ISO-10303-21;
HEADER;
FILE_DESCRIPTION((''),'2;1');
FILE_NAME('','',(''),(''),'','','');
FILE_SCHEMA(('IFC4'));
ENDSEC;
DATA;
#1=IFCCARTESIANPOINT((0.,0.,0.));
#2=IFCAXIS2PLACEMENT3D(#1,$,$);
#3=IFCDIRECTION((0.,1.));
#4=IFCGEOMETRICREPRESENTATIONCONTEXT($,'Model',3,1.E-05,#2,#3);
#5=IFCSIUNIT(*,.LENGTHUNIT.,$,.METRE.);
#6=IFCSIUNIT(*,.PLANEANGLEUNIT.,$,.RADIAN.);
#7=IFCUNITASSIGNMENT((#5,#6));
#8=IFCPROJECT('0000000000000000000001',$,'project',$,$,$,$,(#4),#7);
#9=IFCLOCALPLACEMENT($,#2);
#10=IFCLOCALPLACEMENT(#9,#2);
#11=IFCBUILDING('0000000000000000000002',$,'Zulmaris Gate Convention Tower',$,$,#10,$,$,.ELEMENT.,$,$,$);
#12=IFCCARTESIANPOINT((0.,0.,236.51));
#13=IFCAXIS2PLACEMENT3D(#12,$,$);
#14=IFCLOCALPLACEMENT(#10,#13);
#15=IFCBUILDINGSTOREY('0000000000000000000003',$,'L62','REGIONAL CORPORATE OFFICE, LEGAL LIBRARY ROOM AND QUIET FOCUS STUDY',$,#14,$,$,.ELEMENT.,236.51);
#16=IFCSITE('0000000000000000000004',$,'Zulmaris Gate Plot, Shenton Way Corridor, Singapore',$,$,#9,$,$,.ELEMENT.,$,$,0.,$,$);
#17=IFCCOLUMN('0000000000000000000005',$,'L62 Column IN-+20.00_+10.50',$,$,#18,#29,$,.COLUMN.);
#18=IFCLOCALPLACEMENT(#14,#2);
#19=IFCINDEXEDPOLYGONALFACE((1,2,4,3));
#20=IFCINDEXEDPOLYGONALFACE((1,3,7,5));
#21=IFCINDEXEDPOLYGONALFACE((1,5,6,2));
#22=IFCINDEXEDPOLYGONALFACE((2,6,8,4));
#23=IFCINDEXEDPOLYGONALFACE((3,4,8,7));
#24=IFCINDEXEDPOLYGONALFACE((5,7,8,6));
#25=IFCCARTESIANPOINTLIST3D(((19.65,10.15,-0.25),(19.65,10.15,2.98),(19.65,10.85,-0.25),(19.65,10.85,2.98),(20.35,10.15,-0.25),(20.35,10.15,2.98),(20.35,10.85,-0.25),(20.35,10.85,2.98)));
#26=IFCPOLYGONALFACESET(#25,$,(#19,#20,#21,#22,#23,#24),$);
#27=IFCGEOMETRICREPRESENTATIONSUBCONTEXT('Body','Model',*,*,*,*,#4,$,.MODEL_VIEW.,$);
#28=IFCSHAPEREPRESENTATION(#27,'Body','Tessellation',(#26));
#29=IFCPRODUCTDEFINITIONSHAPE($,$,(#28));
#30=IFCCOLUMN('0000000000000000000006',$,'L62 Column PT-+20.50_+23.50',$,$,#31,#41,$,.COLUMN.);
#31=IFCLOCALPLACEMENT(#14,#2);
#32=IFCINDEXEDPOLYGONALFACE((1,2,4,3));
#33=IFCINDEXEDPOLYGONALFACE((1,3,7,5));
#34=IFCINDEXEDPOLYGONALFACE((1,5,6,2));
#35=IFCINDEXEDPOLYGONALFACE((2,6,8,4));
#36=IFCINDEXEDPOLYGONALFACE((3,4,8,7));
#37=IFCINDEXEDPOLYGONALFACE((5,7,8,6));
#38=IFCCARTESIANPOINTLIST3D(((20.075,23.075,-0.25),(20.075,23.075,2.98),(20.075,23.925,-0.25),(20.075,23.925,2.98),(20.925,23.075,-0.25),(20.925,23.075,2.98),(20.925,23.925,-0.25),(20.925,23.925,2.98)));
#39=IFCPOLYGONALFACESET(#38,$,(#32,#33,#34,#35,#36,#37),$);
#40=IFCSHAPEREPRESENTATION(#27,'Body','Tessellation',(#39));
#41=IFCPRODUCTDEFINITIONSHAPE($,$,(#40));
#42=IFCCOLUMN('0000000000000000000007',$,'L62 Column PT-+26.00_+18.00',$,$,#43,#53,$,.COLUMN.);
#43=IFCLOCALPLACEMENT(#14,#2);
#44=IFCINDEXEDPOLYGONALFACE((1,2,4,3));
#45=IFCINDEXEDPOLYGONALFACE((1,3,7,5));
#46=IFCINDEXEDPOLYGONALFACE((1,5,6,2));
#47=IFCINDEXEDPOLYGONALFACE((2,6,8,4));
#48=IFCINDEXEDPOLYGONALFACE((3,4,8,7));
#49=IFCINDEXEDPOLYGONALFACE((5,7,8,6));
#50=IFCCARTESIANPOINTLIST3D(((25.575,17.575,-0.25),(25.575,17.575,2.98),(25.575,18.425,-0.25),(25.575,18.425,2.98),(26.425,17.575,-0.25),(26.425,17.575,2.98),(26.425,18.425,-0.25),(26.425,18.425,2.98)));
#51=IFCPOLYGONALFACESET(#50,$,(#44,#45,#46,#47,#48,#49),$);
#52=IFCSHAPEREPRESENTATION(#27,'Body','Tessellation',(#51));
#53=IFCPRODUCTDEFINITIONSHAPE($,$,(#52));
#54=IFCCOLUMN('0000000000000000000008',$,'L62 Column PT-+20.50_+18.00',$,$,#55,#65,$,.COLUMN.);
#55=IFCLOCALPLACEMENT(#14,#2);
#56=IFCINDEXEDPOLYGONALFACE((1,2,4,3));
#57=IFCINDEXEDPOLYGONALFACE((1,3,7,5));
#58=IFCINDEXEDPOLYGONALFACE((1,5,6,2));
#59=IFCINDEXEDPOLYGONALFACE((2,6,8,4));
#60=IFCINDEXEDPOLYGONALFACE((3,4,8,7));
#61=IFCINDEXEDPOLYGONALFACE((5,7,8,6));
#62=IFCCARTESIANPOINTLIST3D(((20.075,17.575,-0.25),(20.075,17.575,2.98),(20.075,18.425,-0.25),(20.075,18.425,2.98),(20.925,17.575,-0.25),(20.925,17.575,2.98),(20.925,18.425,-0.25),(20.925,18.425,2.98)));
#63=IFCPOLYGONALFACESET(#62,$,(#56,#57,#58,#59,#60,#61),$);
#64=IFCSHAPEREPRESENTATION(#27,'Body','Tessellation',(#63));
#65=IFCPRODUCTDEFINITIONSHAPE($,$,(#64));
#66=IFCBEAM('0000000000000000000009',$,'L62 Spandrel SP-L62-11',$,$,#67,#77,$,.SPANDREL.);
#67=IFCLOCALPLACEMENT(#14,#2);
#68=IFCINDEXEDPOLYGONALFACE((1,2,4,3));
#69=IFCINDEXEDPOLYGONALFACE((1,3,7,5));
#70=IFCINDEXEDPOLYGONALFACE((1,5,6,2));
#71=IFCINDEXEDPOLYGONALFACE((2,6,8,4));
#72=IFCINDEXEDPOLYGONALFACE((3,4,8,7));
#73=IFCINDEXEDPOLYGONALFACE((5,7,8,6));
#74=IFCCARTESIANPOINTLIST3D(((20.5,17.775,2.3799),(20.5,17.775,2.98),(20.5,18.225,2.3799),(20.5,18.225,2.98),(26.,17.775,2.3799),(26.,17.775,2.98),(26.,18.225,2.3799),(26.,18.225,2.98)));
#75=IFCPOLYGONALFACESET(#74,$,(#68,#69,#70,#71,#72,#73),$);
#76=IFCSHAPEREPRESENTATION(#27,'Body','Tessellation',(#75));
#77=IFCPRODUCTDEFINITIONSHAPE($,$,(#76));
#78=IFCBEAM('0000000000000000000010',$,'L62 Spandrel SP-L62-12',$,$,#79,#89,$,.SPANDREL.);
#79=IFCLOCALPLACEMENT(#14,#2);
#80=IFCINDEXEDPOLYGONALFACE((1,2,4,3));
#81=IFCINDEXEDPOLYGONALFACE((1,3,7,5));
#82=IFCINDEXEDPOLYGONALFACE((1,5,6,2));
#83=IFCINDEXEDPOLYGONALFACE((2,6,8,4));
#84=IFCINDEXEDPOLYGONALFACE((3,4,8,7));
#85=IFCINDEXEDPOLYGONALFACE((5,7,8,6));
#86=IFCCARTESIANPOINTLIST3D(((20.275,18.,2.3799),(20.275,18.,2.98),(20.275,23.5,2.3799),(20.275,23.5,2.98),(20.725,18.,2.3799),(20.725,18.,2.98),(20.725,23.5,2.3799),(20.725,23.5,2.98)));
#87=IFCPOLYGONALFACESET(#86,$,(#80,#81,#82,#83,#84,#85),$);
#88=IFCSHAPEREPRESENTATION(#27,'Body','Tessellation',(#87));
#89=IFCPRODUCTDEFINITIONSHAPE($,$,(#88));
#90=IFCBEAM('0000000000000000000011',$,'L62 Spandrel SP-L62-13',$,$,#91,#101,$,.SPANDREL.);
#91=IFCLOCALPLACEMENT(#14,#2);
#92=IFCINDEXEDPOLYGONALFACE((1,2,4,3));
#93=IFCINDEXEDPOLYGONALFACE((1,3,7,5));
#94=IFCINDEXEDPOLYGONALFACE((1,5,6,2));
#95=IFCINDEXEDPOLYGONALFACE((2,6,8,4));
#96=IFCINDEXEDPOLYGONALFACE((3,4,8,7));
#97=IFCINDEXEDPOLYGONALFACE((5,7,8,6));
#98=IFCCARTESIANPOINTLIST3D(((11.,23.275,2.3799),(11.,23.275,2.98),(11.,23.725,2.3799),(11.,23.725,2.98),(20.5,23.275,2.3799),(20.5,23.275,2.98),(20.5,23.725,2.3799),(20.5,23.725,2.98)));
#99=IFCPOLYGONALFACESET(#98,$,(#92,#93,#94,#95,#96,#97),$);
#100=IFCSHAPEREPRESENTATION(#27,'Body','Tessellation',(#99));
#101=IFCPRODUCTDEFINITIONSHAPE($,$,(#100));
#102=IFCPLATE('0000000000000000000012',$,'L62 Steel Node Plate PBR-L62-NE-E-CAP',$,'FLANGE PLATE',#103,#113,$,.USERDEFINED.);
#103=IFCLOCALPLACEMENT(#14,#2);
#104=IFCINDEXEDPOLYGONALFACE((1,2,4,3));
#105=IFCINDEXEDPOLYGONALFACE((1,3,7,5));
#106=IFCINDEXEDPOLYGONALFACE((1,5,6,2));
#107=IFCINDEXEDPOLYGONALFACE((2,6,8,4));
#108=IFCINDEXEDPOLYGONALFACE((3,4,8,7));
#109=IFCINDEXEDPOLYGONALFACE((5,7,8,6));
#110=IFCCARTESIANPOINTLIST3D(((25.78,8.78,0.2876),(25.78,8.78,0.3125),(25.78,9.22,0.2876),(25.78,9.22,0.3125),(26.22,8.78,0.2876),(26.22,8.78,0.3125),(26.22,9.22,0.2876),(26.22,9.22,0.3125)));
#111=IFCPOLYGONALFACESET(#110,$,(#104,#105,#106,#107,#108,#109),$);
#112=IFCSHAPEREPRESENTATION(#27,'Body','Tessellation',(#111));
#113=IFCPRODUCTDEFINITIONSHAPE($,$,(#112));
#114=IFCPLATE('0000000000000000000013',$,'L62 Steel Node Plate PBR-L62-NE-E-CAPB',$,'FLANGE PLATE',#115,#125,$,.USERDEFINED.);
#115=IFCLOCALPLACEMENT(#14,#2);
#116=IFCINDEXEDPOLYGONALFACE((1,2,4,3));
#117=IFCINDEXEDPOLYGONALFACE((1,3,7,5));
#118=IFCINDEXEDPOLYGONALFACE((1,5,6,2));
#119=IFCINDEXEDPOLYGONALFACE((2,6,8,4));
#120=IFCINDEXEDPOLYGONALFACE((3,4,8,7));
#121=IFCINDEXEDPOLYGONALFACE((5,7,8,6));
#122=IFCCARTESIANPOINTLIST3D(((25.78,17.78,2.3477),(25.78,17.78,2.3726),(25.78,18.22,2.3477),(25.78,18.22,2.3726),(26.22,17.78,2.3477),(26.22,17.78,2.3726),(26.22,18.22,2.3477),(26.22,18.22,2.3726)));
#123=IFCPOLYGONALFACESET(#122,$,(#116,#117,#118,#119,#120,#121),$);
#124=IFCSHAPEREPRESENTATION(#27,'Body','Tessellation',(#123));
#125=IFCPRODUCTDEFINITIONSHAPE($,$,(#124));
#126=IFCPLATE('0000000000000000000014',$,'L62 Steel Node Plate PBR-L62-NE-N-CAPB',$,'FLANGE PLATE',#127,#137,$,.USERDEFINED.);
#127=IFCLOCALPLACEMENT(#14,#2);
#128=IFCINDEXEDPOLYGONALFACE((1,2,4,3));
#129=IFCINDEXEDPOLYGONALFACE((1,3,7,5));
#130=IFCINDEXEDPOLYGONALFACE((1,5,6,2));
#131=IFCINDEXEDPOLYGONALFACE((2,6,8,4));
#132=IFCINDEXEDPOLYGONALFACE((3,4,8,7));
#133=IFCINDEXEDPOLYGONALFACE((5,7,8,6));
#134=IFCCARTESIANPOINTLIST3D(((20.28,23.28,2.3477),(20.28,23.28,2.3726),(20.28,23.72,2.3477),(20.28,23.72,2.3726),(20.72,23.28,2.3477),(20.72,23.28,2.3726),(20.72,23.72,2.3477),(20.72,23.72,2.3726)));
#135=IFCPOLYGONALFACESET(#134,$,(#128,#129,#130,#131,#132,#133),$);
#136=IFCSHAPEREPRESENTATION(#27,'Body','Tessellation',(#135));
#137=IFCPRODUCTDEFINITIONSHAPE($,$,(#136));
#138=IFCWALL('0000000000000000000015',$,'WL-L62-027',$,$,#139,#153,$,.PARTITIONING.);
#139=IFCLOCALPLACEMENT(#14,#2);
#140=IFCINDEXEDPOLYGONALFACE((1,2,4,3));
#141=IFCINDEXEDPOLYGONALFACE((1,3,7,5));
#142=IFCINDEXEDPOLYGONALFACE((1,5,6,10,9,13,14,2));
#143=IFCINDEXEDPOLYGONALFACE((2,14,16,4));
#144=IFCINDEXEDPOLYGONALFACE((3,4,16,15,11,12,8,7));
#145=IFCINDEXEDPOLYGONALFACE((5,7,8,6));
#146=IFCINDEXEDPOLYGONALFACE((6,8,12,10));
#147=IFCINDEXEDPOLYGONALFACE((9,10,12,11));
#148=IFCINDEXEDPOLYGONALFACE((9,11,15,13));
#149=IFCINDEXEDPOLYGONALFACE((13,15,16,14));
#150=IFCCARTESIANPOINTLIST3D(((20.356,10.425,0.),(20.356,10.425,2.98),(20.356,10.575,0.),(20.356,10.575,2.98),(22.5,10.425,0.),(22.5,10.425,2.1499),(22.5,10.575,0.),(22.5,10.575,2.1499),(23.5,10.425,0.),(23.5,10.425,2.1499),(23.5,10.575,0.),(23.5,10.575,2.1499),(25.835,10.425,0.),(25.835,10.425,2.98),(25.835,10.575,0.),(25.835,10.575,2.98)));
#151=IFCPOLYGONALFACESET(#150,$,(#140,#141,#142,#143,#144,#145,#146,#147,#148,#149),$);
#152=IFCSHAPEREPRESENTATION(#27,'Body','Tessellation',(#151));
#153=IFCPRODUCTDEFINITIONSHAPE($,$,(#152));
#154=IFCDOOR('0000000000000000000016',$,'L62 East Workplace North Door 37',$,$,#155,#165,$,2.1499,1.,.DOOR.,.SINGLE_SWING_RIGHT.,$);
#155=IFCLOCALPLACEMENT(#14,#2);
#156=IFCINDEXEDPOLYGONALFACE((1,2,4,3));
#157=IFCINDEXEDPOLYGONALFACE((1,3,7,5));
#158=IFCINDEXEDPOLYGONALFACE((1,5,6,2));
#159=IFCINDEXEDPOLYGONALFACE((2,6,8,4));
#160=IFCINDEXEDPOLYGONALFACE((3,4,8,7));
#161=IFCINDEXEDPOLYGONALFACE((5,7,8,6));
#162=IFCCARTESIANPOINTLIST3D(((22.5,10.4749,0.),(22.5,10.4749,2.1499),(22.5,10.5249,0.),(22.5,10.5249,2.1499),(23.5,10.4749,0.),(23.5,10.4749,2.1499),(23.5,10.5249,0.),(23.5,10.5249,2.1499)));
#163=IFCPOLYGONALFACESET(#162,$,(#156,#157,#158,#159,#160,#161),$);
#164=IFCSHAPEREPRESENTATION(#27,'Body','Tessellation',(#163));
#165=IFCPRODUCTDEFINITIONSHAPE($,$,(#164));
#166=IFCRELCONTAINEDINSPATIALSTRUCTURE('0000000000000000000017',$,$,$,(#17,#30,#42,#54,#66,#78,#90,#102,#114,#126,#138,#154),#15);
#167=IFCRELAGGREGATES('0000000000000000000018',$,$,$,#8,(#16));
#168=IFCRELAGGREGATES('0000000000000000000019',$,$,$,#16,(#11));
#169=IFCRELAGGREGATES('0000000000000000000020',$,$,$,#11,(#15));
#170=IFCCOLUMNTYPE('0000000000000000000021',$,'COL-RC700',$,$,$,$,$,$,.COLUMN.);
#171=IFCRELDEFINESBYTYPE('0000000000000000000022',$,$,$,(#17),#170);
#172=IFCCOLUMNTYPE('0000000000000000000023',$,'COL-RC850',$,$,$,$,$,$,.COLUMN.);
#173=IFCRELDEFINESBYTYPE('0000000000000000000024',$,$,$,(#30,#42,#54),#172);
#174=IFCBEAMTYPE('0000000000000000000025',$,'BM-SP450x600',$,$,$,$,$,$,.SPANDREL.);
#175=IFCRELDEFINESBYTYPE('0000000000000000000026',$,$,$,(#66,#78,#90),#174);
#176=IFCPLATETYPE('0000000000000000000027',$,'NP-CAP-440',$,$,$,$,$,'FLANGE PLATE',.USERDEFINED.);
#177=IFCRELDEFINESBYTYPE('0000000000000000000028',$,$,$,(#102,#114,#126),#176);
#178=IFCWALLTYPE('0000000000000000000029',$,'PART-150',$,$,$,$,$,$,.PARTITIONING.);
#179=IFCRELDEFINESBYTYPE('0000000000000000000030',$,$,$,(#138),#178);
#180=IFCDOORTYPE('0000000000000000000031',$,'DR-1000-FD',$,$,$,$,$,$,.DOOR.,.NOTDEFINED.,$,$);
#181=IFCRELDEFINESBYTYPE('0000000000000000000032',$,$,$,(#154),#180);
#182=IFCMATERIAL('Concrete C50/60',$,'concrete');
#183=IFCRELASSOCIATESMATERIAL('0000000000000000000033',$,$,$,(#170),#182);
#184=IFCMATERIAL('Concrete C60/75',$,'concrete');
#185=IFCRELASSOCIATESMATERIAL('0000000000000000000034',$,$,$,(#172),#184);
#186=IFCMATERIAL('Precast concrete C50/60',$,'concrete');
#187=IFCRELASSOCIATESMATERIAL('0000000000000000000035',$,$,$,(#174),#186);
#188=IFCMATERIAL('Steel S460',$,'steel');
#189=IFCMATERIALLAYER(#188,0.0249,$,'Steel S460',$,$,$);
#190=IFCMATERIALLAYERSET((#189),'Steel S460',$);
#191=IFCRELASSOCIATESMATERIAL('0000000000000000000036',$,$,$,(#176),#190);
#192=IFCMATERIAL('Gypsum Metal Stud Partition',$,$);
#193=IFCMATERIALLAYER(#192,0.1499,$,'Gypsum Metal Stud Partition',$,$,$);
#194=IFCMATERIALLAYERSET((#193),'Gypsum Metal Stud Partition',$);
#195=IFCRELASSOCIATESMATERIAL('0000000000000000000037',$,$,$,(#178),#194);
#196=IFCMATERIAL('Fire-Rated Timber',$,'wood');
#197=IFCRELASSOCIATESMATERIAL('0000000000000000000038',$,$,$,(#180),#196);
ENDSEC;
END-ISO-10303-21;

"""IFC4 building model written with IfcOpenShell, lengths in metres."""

from ifc_helpers import new_model, si_unit, direction, frame, frame_2d, origin, origin_2d, place, context, subcontext, project, spatial, rectangle, extrude, material, layer, layer_set, material_profile, profile_set, type_object, element, fill, save


model = new_model("IFC4")

# Units and contexts
model_context = context("Model", 3, precision=1e-05, world=origin(), true_north=direction((0.0, 1.0)))
body_context = subcontext(model_context, "Body", "Model", "MODEL_VIEW")
ifc_project = project(units=[si_unit("LENGTHUNIT", "METRE"), si_unit("PLANEANGLEUNIT", "RADIAN")], contexts=[model_context])

# Site, building, storey
site_placement = place(None, origin())
site = spatial("IfcSite", under=ifc_project, at=site_placement, Name="Zulmaris Gate Plot, Shenton Way Corridor, Singapore", CompositionType="ELEMENT", RefElevation=0.0)
building_placement = place(site_placement, origin())
building = spatial("IfcBuilding", under=site, at=building_placement, Name="Zulmaris Gate Convention Tower", CompositionType="ELEMENT")
storey_placement = place(building_placement, frame((0.0, 0.0, 236.51)))
storey = spatial("IfcBuildingStorey", under=building, at=storey_placement, Name="L62", Description="REGIONAL CORPORATE OFFICE, LEGAL LIBRARY ROOM AND QUIET FOCUS STUDY", CompositionType="ELEMENT", Elevation=236.51)

# Columns
ifc_material_1 = material(Name="Concrete C50/60", Category="concrete")
ifc_material_profile_1 = material_profile(ifc_material_1, rectangle(XDim=0.7, YDim=0.7, at=origin_2d()), Name="RC COL 700x700")
ifc_profile_set_1 = profile_set([ifc_material_profile_1], Name="Concrete C50/60")
column_type_1 = type_object("IfcColumnType", Name="COL-RC700", PredefinedType="COLUMN", material=ifc_profile_set_1)
column_placement = place(storey_placement, frame((20.0, 10.5, -0.25), z_axis=(0.0, 0.0, 1.0), x_axis=(1.0, 0.0, 0.0)))
element("IfcColumn", 1, at=column_placement, inside=storey, type_object=column_type_1, Name="L62 Column IN-+20.00_+10.50", PredefinedType="COLUMN", context=body_context, shape_type="SweptSolid", body=[
    extrude(rectangle(XDim=0.7, YDim=0.7, at=origin_2d()), origin(), (0.0, 0.0, 1.0), 3.23),
])
ifc_material_2 = material(Name="Concrete C60/75", Category="concrete")
ifc_material_profile_2 = material_profile(ifc_material_2, rectangle(XDim=0.8501, YDim=0.8501, at=origin_2d()), Name="RC COL 850x850")
ifc_profile_set_2 = profile_set([ifc_material_profile_2], Name="Concrete C60/75")
column_type_2 = type_object("IfcColumnType", Name="COL-RC850", PredefinedType="COLUMN", material=ifc_profile_set_2)
for number, where, z_axis, x_axis, name in (
    (2, (20.5, 23.5, -0.25), (0.0, 0.0, 1.0), (1.0, 0.0, 0.0), "L62 Column PT-+20.50_+23.50"),
    (3, (26.0, 18.0, -0.25), (0.0, 0.0, 1.0), (1.0, 0.0, 0.0), "L62 Column PT-+26.00_+18.00"),
    (4, (20.5, 18.0, -0.25), (0.0, 0.0, 1.0), (1.0, 0.0, 0.0), "L62 Column PT-+20.50_+18.00"),
):
    element("IfcColumn", number, at=place(storey_placement, frame(where, z_axis=z_axis, x_axis=x_axis)), inside=storey, type_object=column_type_2, Name=name, PredefinedType="COLUMN", context=body_context, shape_type="SweptSolid", body=[
        extrude(rectangle(XDim=0.8501, YDim=0.8501, at=origin_2d()), origin(), (0.0, 0.0, 1.0), 3.23),
    ])

# Beams
ifc_material_3 = material(Name="Precast concrete C50/60", Category="concrete")
ifc_material_profile_3 = material_profile(ifc_material_3, rectangle(XDim=0.45, YDim=0.6001, at=origin_2d()), Name="RC SPANDREL 450x600")
ifc_profile_set_3 = profile_set([ifc_material_profile_3], Name="Precast concrete C50/60")
beam_type = type_object("IfcBeamType", Name="BM-SP450x600", PredefinedType="SPANDREL", material=ifc_profile_set_3)
for number, where, z_axis, x_axis, name in (
    (5, (26.0, 18.0, 2.6799), (-1.0, 0.0, 0.0), (0.0, -1.0, 0.0), "L62 Spandrel SP-L62-11"),
    (6, (20.5, 18.0, 2.6799), (0.0, 1.0, 0.0), (-1.0, 0.0, 0.0), "L62 Spandrel SP-L62-12"),
):
    element("IfcBeam", number, at=place(storey_placement, frame(where, z_axis=z_axis, x_axis=x_axis)), inside=storey, type_object=beam_type, Name=name, PredefinedType="SPANDREL", context=body_context, shape_type="SweptSolid", body=[
        extrude(rectangle(XDim=0.45, YDim=0.6001, at=origin_2d()), origin(), (0.0, 0.0, 1.0), 5.5),
    ])
beam_placement = place(storey_placement, frame((20.5, 23.5, 2.6799), z_axis=(-1.0, 0.0, 0.0), x_axis=(0.0, -1.0, 0.0)))
element("IfcBeam", 7, at=beam_placement, inside=storey, type_object=beam_type, Name="L62 Spandrel SP-L62-13", PredefinedType="SPANDREL", context=body_context, shape_type="SweptSolid", body=[
    extrude(rectangle(XDim=0.45, YDim=0.6001, at=origin_2d()), origin(), (0.0, 0.0, 1.0), 9.5),
])

# Plates
ifc_material_4 = material(Name="Steel S460", Category="steel")
ifc_layer_1 = layer(ifc_material_4, 0.0249, Name="Steel S460")
ifc_layer_set_1 = layer_set([ifc_layer_1], Name="Steel S460")
plate_type = type_object("IfcPlateType", Name="NP-CAP-440", ElementType="FLANGE PLATE", PredefinedType="USERDEFINED", material=ifc_layer_set_1)
for number, where, z_axis, x_axis, name in (
    (8, (26.0, 9.0, 0.2876), (0.0, 0.0, 1.0), (1.0, 0.0, 0.0), "L62 Steel Node Plate PBR-L62-NE-E-CAP"),
    (9, (26.0, 18.0, 2.3477), (0.0, 0.0, 1.0), (1.0, 0.0, 0.0), "L62 Steel Node Plate PBR-L62-NE-E-CAPB"),
    (10, (20.5, 23.5, 2.3477), (0.0, 0.0, 1.0), (1.0, 0.0, 0.0), "L62 Steel Node Plate PBR-L62-NE-N-CAPB"),
):
    element("IfcPlate", number, at=place(storey_placement, frame(where, z_axis=z_axis, x_axis=x_axis)), inside=storey, type_object=plate_type, Name=name, ObjectType="FLANGE PLATE", PredefinedType="USERDEFINED", context=body_context, shape_type="SweptSolid", body=[
        extrude(rectangle(XDim=0.4399, YDim=0.4399, at=origin_2d()), origin(), (0.0, 0.0, 1.0), 0.0249),
    ])

# Wall, opening, door
ifc_material_5 = material(Name="Gypsum Metal Stud Partition")
ifc_layer_2 = layer(ifc_material_5, 0.1499, Name="Gypsum Metal Stud Partition")
ifc_layer_set_2 = layer_set([ifc_layer_2], Name="Gypsum Metal Stud Partition")
wall_type_1 = type_object("IfcWallType", Name="PART-150", PredefinedType="PARTITIONING", material=ifc_layer_set_2)
wall_1_placement = place(storey_placement, frame((20.356, 10.5, 0.0), z_axis=(0.0, 0.0, 1.0), x_axis=(1.0, 0.0, 0.0)))
wall_1 = element("IfcWall", 11, at=wall_1_placement, inside=storey, type_object=wall_type_1, Name="WL-L62-027", PredefinedType="PARTITIONING", context=body_context, shape_type="SweptSolid", body=[
    extrude(rectangle(XDim=5.479, YDim=0.1499, at=frame_2d((2.7395, 0.0))), origin(), (0.0, 0.0, 1.0), 2.98),
])
opening_1_placement = place(wall_1_placement, frame((2.144, 0.0, 0.0)))
opening_1 = element("IfcOpeningElement", 12, at=opening_1_placement, cuts=wall_1, PredefinedType="OPENING", context=body_context, shape_type="SweptSolid", body=[
    extrude(rectangle(XDim=1.0, YDim=2.1499, at=frame_2d((0.5, 1.075))), frame((0.0, 0.085, 0.0), z_axis=(0.0, -1.0, 0.0), x_axis=(1.0, 0.0, 0.0)), (0.0, 0.0, 1.0), 0.1699),
])
ifc_material_6 = material(Name="Fire-Rated Timber", Category="wood")
door_type_1 = type_object("IfcDoorType", Name="DR-1000-FD", OperationType="NOTDEFINED", PredefinedType="DOOR", material=ifc_material_6)
door_1_placement = place(opening_1_placement, origin())
door_1 = element("IfcDoor", 13, at=door_1_placement, inside=storey, type_object=door_type_1, Name="L62 East Workplace North Door 37", OperationType="SINGLE_SWING_RIGHT", OverallHeight=2.1499, OverallWidth=1.0, PredefinedType="DOOR", context=body_context, shape_type="SweptSolid", body=[
    extrude(rectangle(XDim=1.0, YDim=2.1499, at=frame_2d((0.5, 1.075))), frame((0.0, 0.0249, 0.0), z_axis=(0.0, -1.0, 0.0), x_axis=(1.0, 0.0, 0.0)), (0.0, 0.0, 1.0), 0.05),
])
fill(opening_1, door_1)

save(model, "model.ifc")
